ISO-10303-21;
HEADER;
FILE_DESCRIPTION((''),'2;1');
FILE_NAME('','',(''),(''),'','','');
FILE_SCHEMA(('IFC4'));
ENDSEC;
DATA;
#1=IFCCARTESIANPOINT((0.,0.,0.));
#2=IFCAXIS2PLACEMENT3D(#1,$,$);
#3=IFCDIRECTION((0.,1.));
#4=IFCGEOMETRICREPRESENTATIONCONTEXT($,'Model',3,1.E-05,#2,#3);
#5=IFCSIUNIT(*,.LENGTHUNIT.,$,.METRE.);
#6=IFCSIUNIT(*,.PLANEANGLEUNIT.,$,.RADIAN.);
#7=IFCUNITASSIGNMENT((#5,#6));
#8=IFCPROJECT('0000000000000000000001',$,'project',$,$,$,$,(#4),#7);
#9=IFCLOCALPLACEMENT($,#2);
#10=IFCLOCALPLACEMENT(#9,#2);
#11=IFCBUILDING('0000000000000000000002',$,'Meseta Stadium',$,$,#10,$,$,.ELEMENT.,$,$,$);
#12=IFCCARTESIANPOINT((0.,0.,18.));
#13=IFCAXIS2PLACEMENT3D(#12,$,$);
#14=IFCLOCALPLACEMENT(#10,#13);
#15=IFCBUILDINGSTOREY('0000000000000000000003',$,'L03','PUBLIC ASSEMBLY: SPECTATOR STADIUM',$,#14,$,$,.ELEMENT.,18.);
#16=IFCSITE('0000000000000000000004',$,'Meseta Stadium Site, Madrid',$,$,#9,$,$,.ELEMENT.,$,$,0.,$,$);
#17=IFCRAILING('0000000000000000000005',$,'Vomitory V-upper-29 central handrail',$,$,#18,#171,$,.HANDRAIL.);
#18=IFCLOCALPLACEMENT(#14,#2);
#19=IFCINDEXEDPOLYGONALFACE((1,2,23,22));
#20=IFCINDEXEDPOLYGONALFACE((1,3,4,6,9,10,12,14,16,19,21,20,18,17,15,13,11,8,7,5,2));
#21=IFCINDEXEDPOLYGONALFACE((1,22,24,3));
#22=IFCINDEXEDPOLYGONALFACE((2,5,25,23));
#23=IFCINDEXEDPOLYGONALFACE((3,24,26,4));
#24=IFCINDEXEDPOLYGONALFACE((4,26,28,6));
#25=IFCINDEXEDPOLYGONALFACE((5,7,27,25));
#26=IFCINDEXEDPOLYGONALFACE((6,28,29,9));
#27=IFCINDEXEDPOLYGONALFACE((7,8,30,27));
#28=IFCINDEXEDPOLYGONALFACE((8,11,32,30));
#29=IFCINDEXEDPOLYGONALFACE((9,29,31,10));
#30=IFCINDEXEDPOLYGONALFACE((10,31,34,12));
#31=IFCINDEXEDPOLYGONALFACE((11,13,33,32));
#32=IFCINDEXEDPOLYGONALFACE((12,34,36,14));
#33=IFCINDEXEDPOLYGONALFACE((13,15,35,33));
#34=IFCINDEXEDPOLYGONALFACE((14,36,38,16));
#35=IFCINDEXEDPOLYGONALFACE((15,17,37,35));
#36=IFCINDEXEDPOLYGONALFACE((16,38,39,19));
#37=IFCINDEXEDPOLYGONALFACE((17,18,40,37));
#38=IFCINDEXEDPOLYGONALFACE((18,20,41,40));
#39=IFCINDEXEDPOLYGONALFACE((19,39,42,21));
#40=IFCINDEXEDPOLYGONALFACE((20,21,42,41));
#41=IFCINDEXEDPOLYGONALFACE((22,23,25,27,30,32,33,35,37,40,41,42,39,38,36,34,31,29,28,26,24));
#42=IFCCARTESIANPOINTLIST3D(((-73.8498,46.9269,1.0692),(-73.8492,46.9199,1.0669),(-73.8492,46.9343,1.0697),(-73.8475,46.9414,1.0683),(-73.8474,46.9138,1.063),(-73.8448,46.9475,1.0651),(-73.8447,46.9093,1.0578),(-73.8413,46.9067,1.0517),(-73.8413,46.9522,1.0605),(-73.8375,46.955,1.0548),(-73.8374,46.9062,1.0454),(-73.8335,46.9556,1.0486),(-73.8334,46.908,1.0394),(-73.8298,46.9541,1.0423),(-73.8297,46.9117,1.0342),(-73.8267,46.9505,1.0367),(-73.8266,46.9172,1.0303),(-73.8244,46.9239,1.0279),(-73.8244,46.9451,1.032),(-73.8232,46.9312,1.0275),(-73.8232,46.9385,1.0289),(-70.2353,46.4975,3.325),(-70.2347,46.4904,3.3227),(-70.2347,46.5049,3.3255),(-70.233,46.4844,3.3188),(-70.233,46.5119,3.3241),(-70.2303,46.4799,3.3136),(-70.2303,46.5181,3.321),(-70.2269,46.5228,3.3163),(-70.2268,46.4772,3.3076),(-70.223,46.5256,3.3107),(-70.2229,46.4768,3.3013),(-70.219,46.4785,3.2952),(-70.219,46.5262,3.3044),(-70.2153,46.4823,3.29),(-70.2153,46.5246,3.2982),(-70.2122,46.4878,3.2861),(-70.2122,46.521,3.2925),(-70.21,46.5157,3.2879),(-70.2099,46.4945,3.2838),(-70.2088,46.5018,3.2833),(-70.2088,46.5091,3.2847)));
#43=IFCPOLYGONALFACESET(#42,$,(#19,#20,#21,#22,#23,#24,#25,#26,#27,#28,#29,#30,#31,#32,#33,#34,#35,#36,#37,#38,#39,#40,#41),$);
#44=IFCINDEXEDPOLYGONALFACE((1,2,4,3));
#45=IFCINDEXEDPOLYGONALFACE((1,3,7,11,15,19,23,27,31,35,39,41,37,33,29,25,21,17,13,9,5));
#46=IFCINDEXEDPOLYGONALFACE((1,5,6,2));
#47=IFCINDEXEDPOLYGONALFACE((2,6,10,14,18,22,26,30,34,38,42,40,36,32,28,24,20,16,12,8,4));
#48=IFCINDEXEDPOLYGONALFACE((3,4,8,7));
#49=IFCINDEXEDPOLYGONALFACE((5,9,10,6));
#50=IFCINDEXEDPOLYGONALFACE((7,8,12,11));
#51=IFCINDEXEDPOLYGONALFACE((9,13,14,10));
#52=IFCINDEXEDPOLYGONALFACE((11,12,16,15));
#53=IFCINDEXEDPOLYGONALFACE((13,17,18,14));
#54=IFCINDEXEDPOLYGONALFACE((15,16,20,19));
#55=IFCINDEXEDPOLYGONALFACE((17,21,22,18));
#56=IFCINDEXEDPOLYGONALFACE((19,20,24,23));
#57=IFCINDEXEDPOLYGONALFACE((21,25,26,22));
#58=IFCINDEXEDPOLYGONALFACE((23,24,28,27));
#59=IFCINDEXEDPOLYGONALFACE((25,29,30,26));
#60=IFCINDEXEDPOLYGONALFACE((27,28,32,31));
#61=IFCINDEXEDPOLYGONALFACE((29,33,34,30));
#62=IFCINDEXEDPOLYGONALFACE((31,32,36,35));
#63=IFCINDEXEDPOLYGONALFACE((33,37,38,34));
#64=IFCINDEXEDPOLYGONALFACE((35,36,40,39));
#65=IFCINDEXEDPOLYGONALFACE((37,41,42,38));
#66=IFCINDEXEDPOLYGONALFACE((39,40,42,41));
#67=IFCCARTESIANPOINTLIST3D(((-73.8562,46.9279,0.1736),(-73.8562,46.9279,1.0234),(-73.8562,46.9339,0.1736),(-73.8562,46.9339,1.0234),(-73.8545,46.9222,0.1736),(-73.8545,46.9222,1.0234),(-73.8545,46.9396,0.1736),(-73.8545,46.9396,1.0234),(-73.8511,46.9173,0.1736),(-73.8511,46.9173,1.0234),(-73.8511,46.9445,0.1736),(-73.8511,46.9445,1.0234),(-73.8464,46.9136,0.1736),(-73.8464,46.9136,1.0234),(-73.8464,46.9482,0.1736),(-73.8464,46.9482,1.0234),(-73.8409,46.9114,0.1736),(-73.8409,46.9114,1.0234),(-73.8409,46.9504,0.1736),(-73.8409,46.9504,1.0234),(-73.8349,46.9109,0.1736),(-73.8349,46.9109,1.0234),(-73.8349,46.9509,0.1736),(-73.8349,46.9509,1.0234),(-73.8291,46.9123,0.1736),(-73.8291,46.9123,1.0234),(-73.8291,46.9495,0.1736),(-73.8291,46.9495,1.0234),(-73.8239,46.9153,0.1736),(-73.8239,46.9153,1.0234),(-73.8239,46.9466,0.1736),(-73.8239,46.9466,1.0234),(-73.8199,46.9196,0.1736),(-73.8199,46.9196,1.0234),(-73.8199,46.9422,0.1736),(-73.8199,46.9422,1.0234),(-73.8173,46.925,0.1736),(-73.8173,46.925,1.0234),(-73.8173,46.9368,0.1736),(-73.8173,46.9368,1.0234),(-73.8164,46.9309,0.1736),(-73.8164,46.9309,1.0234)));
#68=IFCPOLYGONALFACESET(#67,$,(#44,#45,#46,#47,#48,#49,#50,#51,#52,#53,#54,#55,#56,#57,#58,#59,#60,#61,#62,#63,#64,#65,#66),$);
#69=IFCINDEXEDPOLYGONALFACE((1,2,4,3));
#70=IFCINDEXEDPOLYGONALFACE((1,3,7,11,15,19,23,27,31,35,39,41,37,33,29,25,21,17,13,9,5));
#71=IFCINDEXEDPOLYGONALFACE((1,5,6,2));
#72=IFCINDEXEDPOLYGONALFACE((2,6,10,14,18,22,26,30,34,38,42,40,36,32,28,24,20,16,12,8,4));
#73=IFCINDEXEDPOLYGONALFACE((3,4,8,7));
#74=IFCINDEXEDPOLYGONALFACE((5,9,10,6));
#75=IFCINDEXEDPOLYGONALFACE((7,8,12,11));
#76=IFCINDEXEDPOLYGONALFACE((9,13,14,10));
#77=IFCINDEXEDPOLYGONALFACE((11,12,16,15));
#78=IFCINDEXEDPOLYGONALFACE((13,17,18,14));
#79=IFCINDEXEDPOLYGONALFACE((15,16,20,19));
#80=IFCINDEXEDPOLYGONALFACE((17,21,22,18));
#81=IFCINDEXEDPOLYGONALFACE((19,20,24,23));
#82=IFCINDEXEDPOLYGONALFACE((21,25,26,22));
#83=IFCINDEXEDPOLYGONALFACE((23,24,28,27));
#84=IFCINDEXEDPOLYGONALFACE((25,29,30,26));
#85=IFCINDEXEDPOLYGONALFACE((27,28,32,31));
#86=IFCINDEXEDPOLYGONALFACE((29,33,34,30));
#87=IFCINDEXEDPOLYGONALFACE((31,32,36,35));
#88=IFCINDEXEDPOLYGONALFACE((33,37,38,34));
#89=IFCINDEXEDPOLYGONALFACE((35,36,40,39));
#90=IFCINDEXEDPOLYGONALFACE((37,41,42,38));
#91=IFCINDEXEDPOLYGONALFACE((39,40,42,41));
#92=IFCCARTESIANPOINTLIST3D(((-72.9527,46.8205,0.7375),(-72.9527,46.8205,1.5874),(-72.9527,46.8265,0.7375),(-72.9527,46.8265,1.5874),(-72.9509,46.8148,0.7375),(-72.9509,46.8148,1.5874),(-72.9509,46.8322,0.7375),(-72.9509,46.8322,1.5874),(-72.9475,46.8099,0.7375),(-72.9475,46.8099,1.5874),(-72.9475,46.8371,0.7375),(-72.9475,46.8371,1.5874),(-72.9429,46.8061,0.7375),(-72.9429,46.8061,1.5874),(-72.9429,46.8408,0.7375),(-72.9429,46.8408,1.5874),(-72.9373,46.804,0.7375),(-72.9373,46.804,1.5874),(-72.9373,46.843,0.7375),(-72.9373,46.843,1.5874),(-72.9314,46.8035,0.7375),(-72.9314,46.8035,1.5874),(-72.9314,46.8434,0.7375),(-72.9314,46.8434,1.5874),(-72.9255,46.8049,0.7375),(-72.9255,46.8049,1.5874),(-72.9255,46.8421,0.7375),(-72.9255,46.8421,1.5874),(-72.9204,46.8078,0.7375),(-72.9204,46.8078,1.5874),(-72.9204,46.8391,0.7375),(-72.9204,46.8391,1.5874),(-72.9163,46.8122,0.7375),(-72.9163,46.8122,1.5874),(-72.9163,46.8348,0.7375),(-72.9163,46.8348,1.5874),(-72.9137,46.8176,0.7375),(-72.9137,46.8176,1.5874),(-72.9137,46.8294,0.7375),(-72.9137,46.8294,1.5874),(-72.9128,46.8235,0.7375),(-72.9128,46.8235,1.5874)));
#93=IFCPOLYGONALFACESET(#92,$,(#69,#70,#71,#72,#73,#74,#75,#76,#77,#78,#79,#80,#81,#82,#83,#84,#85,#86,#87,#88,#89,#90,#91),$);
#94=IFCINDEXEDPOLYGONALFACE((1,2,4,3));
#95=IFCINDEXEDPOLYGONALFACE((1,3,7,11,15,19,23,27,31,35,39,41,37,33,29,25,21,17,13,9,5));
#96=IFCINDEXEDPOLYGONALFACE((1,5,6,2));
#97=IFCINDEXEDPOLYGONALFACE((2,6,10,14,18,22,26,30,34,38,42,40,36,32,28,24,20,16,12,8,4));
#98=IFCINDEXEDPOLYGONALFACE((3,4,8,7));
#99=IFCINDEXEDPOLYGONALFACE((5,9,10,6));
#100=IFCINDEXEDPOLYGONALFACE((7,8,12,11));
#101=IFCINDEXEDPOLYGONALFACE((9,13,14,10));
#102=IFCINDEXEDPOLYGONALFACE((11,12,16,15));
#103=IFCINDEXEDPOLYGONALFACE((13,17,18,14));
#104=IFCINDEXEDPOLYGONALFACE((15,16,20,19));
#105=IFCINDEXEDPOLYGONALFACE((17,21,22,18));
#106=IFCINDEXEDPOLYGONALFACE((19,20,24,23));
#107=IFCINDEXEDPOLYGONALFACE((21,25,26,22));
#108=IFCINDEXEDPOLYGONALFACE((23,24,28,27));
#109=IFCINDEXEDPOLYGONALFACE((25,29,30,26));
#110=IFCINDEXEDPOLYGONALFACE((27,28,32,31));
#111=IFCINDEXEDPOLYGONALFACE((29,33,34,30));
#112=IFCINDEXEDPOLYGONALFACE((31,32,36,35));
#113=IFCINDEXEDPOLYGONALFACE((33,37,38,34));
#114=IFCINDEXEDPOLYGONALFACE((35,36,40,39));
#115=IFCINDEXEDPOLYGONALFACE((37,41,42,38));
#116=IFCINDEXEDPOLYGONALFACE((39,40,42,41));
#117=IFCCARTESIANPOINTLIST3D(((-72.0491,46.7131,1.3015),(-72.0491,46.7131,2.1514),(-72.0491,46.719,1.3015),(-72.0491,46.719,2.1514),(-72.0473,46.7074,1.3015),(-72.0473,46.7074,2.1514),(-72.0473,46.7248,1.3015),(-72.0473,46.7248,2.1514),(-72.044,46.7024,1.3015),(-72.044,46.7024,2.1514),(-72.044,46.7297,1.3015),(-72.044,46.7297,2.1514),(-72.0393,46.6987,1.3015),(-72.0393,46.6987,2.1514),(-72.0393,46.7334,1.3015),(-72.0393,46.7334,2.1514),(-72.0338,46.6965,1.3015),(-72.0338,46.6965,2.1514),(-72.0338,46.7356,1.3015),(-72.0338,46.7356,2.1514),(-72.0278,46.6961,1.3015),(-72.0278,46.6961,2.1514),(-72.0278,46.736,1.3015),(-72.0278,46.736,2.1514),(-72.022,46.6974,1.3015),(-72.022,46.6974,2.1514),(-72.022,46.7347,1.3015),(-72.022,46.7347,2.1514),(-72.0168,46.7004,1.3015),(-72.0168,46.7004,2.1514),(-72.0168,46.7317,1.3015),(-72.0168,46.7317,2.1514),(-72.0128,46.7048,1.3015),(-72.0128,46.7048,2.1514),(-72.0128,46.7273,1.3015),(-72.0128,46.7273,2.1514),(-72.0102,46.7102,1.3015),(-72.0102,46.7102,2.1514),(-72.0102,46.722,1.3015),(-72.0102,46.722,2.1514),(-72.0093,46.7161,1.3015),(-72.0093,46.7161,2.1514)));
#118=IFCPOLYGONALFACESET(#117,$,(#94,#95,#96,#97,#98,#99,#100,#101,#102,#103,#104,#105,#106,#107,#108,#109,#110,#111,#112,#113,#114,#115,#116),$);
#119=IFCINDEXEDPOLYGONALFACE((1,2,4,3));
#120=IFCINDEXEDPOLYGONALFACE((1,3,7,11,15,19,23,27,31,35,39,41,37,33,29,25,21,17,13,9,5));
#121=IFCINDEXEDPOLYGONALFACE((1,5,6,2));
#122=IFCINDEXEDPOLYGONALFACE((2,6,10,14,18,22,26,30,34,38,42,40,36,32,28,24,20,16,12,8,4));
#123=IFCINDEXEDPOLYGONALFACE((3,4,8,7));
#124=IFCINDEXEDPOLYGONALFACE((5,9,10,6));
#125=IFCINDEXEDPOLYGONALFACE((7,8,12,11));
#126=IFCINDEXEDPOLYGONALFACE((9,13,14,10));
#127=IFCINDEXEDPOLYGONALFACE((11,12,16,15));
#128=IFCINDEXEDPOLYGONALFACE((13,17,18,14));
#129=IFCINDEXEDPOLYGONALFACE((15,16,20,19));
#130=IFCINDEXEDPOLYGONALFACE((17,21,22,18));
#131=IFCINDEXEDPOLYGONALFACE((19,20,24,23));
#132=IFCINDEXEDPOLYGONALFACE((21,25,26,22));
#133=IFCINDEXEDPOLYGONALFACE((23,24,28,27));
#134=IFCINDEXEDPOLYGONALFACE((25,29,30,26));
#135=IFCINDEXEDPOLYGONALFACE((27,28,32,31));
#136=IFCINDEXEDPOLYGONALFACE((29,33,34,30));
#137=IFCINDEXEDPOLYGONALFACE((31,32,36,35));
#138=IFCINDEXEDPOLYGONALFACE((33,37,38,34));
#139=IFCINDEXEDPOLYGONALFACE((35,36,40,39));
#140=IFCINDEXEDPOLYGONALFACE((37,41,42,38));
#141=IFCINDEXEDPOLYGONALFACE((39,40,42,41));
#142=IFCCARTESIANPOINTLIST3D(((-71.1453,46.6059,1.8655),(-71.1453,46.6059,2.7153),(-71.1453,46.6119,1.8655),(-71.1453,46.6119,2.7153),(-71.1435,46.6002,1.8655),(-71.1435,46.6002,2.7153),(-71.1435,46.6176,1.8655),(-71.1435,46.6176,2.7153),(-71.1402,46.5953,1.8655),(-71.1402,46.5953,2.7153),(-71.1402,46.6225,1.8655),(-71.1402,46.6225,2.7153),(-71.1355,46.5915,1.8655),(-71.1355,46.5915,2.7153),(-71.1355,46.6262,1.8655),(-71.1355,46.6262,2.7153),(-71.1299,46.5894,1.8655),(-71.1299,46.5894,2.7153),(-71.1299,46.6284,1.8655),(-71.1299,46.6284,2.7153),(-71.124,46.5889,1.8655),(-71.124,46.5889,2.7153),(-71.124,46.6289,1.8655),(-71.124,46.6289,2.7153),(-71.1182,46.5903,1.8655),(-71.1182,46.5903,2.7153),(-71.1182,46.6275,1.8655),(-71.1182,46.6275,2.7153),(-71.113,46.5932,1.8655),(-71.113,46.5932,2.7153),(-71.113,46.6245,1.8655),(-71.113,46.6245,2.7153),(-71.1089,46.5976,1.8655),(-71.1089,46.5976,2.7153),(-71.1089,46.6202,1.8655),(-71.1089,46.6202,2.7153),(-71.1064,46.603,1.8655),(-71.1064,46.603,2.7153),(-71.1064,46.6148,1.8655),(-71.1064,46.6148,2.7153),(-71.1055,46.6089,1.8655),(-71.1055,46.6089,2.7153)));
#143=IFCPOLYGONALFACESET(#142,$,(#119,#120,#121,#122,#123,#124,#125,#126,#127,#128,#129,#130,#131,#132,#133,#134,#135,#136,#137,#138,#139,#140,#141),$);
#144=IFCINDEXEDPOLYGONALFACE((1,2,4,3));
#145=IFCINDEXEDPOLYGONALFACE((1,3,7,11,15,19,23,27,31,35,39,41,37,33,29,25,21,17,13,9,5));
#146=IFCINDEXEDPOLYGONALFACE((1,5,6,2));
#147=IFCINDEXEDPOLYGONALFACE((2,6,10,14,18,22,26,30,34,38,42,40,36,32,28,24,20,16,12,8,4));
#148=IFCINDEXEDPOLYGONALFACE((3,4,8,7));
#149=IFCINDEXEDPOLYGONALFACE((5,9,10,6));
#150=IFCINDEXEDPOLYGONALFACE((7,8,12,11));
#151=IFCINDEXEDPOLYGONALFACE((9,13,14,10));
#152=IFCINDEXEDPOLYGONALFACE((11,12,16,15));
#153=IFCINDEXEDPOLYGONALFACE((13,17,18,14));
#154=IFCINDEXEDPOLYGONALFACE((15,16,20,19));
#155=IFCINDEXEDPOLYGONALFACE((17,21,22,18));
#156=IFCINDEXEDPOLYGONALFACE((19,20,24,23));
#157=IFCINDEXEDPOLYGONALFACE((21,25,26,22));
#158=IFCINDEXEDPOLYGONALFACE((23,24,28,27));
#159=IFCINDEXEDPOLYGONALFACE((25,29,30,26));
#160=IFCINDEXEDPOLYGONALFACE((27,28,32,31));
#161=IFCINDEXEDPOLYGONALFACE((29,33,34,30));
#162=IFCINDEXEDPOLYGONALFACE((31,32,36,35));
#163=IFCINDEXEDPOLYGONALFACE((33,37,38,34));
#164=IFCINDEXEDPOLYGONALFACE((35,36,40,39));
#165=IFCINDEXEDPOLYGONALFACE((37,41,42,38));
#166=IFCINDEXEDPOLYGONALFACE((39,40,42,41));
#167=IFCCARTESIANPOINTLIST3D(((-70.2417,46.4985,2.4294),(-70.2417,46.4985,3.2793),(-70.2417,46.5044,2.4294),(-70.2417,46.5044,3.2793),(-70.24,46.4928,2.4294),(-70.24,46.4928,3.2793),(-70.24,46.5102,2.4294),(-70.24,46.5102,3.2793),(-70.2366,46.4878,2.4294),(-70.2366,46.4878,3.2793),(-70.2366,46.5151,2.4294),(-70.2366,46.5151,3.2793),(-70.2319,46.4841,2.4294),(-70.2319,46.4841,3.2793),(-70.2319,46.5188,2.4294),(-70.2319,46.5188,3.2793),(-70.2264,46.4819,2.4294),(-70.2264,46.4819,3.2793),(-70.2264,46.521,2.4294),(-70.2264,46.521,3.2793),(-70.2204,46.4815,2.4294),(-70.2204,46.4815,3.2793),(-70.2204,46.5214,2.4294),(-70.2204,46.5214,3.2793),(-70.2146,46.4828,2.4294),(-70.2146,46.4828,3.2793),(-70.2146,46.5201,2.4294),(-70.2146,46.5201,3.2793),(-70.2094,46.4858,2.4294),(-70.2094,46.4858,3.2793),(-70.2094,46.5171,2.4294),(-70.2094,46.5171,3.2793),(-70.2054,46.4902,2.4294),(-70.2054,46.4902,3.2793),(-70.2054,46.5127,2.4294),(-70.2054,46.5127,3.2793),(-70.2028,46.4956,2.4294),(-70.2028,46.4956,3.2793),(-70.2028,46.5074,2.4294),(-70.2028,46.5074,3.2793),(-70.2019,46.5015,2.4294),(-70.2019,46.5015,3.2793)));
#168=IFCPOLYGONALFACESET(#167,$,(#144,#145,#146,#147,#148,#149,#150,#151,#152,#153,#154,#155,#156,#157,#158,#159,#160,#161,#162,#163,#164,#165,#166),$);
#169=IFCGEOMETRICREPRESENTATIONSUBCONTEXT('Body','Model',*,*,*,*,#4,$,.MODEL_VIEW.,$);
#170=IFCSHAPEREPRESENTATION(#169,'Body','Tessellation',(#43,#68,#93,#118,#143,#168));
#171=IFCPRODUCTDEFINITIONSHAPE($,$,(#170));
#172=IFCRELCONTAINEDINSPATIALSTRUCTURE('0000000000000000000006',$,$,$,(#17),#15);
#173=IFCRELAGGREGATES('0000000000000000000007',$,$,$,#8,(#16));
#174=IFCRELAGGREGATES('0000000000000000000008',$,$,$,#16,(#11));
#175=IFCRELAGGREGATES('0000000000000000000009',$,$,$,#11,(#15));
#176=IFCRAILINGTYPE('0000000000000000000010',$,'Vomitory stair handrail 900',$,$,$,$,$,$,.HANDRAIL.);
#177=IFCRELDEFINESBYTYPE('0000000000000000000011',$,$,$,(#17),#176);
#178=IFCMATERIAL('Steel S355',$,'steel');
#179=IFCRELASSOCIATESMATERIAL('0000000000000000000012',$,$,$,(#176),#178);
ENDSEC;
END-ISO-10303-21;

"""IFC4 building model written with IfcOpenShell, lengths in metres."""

from ifc_helpers import new_model, si_unit, direction, frame, origin, origin_2d, place, context, subcontext, project, spatial, circle, extrude, material, type_object, element, save


model = new_model("IFC4")

# Units and contexts
model_context = context("Model", 3, precision=1e-05, world=origin(), true_north=direction((0.0, 1.0)))
body_context = subcontext(model_context, "Body", "Model", "MODEL_VIEW")
ifc_project = project(units=[si_unit("LENGTHUNIT", "METRE"), si_unit("PLANEANGLEUNIT", "RADIAN")], contexts=[model_context])

# Site, building, storey
site_placement = place(None, origin())
site = spatial("IfcSite", under=ifc_project, at=site_placement, Name="Meseta Stadium Site, Madrid", CompositionType="ELEMENT", RefElevation=0.0)
building_placement = place(site_placement, origin())
building = spatial("IfcBuilding", under=site, at=building_placement, Name="Meseta Stadium", CompositionType="ELEMENT")
storey_placement = place(building_placement, frame((0.0, 0.0, 18.0)))
storey = spatial("IfcBuildingStorey", under=building, at=storey_placement, Name="L03", Description="PUBLIC ASSEMBLY: SPECTATOR STADIUM", CompositionType="ELEMENT", Elevation=18.0)

# Railing
ifc_material_1 = material(Name="Steel S355", Category="steel")
railing_type_1 = type_object("IfcRailingType", Name="Vomitory stair handrail 900", PredefinedType="HANDRAIL", material=ifc_material_1)
railing_1_placement = place(storey_placement, frame((-73.8364, 46.9309, 0.1736)))
element("IfcRailing", 1, at=railing_1_placement, inside=storey, type_object=railing_type_1, Name="Vomitory V-upper-29 central handrail", PredefinedType="HANDRAIL", context=body_context, shape_type="SweptSolid", body=[
    extrude(circle(Radius=0.0249, at=origin_2d()), frame((0.0, 0.0, 0.875), z_axis=(0.84406, -0.100284, 0.526789), x_axis=(0.117981, 0.993016, 0.0)), (0.0, 0.0, 1.0), 4.2822),
    extrude(circle(Radius=0.02, at=origin_2d()), origin(), (0.0, 0.0, 1.0), 0.8499),
    extrude(circle(Radius=0.02, at=origin_2d()), frame((0.9036, -0.1074, 0.564)), (0.0, 0.0, 1.0), 0.8499),
    extrude(circle(Radius=0.02, at=origin_2d()), frame((1.8071, -0.2148, 1.1279)), (0.0, 0.0, 1.0), 0.8499),
    extrude(circle(Radius=0.02, at=origin_2d()), frame((2.7109, -0.322, 1.6919)), (0.0, 0.0, 1.0), 0.8499),
    extrude(circle(Radius=0.02, at=origin_2d()), frame((3.6145, -0.4294, 2.2559)), (0.0, 0.0, 1.0), 0.8499),
])

save(model, "model.ifc")
